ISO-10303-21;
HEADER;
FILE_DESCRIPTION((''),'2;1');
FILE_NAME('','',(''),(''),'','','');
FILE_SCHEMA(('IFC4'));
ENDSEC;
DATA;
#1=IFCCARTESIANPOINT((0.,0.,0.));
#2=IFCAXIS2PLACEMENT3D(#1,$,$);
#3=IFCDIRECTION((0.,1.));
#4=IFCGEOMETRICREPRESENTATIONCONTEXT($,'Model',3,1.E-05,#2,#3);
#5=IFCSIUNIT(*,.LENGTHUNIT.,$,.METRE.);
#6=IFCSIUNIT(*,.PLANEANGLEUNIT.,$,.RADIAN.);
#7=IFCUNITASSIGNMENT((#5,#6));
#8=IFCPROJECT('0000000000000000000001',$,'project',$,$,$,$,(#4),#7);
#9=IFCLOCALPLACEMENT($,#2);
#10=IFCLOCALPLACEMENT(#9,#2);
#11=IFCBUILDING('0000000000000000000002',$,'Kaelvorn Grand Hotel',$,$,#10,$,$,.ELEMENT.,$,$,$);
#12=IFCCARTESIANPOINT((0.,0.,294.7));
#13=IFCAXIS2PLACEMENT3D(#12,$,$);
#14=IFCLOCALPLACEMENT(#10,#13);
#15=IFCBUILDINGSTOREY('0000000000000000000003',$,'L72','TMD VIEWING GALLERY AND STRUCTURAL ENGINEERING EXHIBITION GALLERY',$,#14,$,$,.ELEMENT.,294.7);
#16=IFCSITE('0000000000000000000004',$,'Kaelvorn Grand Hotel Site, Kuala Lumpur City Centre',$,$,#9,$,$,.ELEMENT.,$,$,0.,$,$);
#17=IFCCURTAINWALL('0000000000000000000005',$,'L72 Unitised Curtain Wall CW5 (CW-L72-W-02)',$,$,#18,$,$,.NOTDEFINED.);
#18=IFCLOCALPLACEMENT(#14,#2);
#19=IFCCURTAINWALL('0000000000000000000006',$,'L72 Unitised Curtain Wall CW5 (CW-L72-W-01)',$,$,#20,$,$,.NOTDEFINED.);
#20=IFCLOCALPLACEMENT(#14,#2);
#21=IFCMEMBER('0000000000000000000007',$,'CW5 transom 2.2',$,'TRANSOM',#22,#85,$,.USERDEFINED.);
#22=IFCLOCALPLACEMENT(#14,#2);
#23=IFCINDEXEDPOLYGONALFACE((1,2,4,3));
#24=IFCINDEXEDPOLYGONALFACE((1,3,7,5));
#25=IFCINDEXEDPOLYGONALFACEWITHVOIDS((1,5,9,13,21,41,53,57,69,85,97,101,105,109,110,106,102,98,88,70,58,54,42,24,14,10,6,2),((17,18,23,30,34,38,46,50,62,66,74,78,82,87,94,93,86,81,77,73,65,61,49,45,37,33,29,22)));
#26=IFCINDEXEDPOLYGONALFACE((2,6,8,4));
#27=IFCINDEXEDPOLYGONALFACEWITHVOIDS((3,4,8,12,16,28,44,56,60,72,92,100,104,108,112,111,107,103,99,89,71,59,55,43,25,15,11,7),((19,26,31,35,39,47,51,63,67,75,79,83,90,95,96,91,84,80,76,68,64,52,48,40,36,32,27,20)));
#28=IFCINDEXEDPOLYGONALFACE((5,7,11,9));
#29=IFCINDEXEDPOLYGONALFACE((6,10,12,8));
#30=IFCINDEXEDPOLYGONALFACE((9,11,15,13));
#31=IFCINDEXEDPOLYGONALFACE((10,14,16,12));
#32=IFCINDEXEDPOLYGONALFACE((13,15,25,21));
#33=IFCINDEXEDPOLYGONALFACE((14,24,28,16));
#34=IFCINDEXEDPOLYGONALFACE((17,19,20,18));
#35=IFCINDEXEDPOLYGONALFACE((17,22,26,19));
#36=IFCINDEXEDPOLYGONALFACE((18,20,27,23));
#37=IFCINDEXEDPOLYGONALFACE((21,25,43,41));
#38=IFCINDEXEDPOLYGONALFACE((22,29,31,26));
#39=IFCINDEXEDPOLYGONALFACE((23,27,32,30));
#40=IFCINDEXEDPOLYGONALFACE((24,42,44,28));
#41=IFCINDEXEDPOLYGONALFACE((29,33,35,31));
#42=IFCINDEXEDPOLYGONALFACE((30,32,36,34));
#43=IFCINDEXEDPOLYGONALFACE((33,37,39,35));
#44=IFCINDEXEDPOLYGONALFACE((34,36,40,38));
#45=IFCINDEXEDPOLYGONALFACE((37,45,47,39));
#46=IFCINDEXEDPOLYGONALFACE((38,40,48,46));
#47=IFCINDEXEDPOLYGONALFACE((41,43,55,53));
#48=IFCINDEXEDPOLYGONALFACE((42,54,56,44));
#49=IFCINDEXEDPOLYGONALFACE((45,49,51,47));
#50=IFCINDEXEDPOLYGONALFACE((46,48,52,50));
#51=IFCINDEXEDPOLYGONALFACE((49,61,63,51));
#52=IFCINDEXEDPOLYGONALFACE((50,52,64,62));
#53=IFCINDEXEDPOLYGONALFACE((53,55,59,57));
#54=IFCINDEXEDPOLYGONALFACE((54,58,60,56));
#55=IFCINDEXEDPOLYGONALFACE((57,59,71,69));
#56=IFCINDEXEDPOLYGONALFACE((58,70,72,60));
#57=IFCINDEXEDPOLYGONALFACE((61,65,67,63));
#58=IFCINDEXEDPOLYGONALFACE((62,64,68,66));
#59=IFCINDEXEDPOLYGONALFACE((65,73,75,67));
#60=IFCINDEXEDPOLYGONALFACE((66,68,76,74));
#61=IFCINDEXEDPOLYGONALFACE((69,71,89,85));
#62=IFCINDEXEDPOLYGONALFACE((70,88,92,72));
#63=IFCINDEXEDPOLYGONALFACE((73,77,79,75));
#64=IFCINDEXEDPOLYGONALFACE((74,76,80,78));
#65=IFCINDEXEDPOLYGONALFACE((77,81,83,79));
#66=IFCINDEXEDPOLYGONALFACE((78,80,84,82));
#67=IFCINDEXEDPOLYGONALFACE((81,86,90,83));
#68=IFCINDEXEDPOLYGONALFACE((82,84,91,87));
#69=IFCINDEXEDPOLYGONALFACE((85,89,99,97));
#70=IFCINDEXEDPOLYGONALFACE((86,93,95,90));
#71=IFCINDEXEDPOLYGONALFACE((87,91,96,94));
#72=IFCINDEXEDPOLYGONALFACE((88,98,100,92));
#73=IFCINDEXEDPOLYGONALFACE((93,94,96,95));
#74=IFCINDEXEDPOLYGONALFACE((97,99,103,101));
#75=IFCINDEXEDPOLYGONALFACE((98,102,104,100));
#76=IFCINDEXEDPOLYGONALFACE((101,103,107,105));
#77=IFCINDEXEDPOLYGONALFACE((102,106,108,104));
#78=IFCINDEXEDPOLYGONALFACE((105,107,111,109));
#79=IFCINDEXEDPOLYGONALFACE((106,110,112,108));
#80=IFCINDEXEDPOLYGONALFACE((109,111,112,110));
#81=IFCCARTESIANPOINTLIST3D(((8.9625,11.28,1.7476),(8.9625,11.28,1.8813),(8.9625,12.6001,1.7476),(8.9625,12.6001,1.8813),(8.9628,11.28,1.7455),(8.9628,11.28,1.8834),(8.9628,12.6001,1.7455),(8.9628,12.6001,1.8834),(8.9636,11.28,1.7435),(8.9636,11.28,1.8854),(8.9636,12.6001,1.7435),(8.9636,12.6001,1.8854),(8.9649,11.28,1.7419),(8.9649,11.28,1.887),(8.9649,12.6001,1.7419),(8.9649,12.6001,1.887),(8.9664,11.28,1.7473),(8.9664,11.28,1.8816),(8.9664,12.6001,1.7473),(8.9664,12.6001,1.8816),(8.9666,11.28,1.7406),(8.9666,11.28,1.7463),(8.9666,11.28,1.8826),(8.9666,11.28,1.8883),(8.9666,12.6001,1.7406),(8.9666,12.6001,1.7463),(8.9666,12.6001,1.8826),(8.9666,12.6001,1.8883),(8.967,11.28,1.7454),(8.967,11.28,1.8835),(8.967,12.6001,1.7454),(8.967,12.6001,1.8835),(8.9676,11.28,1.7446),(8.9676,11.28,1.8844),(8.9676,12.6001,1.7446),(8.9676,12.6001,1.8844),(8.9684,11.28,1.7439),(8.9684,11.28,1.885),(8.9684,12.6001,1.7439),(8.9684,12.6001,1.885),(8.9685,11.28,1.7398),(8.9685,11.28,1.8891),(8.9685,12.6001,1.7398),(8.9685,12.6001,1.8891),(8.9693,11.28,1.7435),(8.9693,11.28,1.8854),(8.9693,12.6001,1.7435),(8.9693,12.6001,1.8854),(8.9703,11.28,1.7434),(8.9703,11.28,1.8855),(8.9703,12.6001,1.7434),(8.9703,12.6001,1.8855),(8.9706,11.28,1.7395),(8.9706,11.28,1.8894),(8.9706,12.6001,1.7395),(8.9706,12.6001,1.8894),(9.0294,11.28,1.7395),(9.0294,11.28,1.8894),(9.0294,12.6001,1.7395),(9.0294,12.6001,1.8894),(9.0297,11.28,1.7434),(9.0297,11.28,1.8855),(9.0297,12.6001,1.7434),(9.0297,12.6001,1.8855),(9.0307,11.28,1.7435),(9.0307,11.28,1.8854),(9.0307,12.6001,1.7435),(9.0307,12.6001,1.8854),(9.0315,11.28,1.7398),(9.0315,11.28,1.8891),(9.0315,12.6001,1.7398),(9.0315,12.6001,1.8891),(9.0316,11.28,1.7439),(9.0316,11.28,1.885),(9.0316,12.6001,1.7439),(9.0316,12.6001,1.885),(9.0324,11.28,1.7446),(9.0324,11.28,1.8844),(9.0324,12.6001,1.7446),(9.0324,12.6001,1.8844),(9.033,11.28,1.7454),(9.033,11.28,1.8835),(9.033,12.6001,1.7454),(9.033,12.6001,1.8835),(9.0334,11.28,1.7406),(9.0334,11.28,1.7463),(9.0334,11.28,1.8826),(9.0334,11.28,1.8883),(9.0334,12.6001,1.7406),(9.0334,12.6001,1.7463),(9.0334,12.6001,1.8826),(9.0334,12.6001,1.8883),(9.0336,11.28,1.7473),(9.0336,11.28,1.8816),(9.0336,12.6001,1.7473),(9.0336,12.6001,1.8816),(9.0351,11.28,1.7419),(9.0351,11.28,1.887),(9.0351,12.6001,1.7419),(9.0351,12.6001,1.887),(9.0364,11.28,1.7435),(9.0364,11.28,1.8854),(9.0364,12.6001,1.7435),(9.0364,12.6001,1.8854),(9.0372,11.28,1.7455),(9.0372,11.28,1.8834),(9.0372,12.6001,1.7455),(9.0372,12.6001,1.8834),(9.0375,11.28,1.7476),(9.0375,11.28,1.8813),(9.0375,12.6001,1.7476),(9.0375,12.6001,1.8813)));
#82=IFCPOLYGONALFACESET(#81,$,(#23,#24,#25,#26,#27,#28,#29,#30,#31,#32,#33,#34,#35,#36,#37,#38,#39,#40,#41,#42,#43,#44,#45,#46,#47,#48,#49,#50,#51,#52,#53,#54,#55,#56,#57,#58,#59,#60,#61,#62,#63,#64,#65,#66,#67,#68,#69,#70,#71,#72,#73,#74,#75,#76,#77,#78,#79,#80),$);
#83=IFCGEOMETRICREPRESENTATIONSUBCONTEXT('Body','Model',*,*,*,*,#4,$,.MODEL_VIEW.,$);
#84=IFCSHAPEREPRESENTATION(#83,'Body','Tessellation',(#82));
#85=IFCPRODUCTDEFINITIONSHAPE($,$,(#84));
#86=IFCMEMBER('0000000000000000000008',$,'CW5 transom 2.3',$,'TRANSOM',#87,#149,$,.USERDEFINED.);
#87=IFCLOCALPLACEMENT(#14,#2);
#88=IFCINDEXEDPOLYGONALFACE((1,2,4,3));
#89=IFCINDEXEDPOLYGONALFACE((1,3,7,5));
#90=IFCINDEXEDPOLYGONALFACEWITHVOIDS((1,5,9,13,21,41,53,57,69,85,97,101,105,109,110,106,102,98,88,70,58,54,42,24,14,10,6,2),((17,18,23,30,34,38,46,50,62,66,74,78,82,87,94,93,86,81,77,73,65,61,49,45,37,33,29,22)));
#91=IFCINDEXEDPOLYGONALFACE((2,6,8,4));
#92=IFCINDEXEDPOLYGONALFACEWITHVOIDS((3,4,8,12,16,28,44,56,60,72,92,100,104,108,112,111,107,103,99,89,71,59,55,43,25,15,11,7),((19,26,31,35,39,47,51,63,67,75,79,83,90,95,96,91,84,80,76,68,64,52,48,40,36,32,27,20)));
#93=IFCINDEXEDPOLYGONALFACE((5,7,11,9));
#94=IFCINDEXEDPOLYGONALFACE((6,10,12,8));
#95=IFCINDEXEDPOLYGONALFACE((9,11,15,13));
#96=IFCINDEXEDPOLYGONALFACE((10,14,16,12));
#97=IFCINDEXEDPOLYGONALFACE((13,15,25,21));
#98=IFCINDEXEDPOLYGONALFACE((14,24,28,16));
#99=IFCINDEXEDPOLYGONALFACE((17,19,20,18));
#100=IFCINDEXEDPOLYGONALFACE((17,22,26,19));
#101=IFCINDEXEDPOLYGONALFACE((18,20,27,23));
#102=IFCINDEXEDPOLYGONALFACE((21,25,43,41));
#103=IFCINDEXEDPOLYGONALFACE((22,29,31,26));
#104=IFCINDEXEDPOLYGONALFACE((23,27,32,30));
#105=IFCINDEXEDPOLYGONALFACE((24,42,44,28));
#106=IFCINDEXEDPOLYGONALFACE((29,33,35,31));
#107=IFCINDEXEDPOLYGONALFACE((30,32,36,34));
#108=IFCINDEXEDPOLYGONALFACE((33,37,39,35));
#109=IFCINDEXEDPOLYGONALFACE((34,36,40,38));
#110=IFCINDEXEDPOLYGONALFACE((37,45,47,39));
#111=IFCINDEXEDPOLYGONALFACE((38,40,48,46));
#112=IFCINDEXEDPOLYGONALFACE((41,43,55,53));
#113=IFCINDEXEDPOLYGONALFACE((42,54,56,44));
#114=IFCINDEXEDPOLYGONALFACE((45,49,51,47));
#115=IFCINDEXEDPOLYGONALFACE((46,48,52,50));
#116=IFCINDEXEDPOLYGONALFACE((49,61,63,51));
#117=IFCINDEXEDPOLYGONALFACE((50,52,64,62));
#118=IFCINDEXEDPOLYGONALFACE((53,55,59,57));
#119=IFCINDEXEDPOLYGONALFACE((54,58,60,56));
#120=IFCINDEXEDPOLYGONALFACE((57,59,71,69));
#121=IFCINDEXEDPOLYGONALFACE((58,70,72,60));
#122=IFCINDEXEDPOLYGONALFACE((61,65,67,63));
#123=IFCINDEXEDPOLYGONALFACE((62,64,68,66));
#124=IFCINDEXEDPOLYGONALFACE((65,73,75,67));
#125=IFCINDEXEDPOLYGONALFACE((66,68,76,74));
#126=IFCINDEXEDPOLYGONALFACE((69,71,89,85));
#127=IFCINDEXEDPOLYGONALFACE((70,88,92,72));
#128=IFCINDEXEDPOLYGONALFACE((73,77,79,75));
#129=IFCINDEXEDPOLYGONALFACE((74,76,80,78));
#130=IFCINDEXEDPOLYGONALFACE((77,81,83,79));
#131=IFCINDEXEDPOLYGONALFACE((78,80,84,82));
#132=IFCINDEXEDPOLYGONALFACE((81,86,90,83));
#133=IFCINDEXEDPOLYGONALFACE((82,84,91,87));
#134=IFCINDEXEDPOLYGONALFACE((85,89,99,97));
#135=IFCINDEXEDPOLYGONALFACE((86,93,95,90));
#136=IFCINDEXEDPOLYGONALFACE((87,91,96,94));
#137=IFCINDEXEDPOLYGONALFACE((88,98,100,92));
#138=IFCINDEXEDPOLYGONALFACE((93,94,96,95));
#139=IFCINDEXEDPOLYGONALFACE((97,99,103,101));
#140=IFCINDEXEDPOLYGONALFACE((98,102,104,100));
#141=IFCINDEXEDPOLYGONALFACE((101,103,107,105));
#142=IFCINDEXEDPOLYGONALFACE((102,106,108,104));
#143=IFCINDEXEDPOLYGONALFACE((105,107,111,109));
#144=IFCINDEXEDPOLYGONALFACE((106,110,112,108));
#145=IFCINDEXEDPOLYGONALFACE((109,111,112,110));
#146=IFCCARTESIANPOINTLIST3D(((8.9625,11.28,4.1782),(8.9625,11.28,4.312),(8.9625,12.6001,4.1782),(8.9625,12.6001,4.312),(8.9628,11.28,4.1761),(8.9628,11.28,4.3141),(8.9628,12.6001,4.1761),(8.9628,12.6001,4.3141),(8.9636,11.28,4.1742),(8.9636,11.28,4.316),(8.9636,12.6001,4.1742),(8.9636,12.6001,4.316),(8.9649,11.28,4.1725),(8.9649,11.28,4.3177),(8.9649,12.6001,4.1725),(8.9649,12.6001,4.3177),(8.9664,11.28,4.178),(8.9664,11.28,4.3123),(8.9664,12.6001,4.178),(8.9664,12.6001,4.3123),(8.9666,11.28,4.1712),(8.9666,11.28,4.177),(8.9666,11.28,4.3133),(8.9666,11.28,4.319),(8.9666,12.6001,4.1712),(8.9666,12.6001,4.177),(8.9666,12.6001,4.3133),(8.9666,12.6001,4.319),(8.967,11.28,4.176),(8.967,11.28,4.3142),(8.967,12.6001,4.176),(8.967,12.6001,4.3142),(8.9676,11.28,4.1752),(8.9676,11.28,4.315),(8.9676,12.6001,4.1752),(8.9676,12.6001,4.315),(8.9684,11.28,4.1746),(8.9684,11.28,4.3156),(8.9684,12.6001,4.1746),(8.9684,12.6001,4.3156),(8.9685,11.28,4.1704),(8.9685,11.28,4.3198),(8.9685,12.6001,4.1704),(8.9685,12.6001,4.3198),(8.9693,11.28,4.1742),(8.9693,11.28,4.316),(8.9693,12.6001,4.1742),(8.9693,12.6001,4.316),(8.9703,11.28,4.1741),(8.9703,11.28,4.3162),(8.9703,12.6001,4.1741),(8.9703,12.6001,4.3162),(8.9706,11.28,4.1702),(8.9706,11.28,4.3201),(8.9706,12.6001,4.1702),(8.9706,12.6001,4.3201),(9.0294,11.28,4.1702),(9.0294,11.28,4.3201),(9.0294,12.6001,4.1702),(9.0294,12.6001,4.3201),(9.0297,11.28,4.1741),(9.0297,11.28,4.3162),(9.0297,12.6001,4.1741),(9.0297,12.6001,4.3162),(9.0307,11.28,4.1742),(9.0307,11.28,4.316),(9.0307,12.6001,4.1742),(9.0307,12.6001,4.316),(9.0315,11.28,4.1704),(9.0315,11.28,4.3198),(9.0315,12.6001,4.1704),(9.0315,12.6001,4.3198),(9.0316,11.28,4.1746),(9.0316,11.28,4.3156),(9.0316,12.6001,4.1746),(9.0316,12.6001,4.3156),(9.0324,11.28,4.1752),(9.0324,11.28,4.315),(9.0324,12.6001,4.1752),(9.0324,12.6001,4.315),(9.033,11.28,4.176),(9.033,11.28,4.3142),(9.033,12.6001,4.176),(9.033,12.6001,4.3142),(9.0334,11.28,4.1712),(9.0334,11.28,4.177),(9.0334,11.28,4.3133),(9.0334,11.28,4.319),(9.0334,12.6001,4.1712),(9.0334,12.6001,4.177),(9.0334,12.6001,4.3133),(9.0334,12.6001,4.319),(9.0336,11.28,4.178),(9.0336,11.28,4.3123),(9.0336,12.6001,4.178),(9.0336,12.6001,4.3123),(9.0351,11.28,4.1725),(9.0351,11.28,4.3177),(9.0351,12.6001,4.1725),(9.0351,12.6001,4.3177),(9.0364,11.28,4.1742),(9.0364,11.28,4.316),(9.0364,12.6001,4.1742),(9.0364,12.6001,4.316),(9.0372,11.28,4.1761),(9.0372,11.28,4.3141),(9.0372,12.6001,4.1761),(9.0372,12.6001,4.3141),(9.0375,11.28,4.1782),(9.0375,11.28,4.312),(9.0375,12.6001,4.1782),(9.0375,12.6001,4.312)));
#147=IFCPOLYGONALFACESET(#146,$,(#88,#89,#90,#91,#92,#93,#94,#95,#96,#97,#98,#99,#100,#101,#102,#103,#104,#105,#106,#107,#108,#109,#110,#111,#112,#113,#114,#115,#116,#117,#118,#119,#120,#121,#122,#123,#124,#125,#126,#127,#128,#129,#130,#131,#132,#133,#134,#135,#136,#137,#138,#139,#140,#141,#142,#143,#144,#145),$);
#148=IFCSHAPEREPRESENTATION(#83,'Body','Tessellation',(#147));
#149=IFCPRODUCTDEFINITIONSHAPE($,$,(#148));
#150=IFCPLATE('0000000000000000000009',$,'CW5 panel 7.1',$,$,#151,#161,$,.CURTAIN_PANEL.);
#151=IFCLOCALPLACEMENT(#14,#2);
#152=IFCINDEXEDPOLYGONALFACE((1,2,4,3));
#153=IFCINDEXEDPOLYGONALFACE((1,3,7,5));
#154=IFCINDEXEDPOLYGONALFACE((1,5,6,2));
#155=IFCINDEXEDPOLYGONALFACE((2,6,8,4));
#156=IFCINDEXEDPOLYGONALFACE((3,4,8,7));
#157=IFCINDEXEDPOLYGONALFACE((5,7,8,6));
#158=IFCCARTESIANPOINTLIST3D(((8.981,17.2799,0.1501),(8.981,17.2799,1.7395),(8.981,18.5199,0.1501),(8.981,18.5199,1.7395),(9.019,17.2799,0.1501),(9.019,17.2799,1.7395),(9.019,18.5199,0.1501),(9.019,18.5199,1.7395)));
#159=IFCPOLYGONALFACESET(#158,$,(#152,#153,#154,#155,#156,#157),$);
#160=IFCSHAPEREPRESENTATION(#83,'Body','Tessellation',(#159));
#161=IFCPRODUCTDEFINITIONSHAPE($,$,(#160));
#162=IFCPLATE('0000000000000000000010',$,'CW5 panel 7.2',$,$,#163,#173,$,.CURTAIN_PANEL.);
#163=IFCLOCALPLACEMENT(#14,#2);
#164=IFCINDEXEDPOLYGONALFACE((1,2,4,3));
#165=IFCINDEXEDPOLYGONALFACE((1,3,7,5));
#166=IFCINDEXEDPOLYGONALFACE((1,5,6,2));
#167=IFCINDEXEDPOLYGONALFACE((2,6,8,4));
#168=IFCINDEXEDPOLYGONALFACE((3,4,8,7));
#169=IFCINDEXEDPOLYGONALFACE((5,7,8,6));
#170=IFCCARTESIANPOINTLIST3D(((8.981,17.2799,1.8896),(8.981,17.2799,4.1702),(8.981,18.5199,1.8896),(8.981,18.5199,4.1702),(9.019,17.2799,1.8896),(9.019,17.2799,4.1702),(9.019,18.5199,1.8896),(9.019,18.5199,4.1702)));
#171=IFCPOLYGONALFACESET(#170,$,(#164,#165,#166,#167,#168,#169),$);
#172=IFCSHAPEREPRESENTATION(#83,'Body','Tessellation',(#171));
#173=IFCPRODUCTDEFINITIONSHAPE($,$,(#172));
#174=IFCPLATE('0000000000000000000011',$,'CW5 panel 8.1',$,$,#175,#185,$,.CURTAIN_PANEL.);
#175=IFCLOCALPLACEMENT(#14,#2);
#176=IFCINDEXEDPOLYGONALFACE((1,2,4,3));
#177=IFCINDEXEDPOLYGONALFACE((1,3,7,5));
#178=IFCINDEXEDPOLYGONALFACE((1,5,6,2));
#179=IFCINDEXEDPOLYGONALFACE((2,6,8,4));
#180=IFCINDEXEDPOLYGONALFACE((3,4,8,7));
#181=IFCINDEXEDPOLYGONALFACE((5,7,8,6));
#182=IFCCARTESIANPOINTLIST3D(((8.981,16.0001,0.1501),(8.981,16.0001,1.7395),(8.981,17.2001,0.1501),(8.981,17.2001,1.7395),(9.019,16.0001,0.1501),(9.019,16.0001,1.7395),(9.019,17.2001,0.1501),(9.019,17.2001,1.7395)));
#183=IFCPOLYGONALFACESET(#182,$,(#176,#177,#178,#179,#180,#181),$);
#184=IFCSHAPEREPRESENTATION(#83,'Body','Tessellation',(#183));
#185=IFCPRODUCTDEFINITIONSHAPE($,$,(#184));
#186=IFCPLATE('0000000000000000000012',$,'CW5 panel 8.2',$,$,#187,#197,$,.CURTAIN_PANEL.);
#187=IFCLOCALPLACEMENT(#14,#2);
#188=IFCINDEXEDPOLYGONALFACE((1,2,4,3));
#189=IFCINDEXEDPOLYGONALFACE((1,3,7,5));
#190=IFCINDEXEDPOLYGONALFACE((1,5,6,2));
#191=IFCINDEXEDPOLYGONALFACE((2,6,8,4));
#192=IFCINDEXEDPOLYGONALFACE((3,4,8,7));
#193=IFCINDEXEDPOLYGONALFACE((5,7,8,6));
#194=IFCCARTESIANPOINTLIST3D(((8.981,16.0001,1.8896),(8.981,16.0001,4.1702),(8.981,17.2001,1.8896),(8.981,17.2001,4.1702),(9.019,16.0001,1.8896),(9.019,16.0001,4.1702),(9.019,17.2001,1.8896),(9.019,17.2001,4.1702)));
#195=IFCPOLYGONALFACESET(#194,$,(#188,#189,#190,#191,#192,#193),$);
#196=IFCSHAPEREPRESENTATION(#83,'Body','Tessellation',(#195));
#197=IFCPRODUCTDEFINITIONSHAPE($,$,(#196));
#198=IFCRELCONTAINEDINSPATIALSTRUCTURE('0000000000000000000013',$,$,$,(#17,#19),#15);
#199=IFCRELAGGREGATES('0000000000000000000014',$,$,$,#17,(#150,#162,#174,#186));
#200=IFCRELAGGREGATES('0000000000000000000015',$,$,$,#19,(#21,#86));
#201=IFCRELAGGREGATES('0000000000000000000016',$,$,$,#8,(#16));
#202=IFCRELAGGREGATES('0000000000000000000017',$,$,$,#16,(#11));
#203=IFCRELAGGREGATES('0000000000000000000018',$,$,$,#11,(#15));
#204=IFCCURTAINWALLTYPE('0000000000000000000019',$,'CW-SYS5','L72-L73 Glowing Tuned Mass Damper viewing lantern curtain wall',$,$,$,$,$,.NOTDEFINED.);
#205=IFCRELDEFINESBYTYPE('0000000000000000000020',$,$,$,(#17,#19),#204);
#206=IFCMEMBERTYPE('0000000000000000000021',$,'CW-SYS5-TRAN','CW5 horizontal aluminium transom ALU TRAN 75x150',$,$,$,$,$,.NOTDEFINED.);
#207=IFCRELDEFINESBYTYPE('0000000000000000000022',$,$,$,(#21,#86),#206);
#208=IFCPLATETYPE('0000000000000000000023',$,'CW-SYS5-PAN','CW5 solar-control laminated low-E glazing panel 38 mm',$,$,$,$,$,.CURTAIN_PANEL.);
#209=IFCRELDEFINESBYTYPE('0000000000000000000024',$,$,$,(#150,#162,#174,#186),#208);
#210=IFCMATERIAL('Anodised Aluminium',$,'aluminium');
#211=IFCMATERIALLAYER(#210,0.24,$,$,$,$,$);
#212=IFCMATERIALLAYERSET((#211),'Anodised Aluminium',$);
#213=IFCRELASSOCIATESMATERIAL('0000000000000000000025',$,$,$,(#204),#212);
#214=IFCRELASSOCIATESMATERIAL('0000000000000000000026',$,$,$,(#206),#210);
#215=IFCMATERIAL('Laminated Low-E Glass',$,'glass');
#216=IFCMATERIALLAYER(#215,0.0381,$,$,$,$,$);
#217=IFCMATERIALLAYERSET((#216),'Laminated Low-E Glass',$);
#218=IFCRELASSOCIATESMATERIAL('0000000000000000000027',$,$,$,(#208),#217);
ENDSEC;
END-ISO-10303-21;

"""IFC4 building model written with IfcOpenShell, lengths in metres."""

from ifc_helpers import new_model, si_unit, direction, frame, origin, origin_2d, place, context, subcontext, project, spatial, rectangle, hollow_rectangle, extrude, material, layer, layer_set, material_profile, profile_set, type_object, element, aggregate, save


model = new_model("IFC4")

# Units and contexts
model_context = context("Model", 3, precision=1e-05, world=origin(), true_north=direction((0.0, 1.0)))
body_context = subcontext(model_context, "Body", "Model", "MODEL_VIEW")
ifc_project = project(units=[si_unit("LENGTHUNIT", "METRE"), si_unit("PLANEANGLEUNIT", "RADIAN")], contexts=[model_context])

# Site, building, storey
site_placement = place(None, origin())
site = spatial("IfcSite", under=ifc_project, at=site_placement, Name="Kaelvorn Grand Hotel Site, Kuala Lumpur City Centre", CompositionType="ELEMENT", RefElevation=0.0)
building_placement = place(site_placement, origin())
building = spatial("IfcBuilding", under=site, at=building_placement, Name="Kaelvorn Grand Hotel", CompositionType="ELEMENT")
storey_placement = place(building_placement, frame((0.0, 0.0, 294.7)))
storey = spatial("IfcBuildingStorey", under=building, at=storey_placement, Name="L72", Description="TMD VIEWING GALLERY AND STRUCTURAL ENGINEERING EXHIBITION GALLERY", CompositionType="ELEMENT", Elevation=294.7)

# Curtain walls
ifc_material_1 = material(Name="Anodised Aluminium", Category="aluminium")
ifc_layer_1 = layer(ifc_material_1, 0.24)
ifc_layer_set_1 = layer_set([ifc_layer_1], Name="Anodised Aluminium")
curtain_wall_type = type_object("IfcCurtainWallType", Name="CW-SYS5", Description="L72-L73 Glowing Tuned Mass Damper viewing lantern curtain wall", PredefinedType="NOTDEFINED", material=ifc_layer_set_1)
curtain_wall_1_placement = place(storey_placement, origin())
curtain_wall_1 = element("IfcCurtainWall", 1, at=curtain_wall_1_placement, inside=storey, type_object=curtain_wall_type, Name="L72 Unitised Curtain Wall CW5 (CW-L72-W-02)", PredefinedType="NOTDEFINED")
curtain_wall_2_placement = place(storey_placement, origin())
curtain_wall_2 = element("IfcCurtainWall", 2, at=curtain_wall_2_placement, inside=storey, type_object=curtain_wall_type, Name="L72 Unitised Curtain Wall CW5 (CW-L72-W-01)", PredefinedType="NOTDEFINED")

# Members
ifc_material_profile_1 = material_profile(ifc_material_1, hollow_rectangle(XDim=0.075, YDim=0.1499, WallThickness=0.0039, InnerFilletRadius=0.0039, OuterFilletRadius=0.0081, at=origin_2d()), Name="ALU TRAN 75x150")
ifc_profile_set_1 = profile_set([ifc_material_profile_1], Name="Anodised Aluminium")
member_type_1 = type_object("IfcMemberType", Name="CW-SYS5-TRAN", Description="CW5 horizontal aluminium transom ALU TRAN 75x150", PredefinedType="NOTDEFINED", material=ifc_profile_set_1)
member_1_placement = place(storey_placement, frame((9.0, 12.6001, 1.8145), z_axis=(0.0, -1.0, 0.0), x_axis=(1.0, 0.0, 0.0)))
member_1 = element("IfcMember", 3, at=member_1_placement, type_object=member_type_1, Name="CW5 transom 2.2", ObjectType="TRANSOM", PredefinedType="USERDEFINED", context=body_context, shape_type="SweptSolid", body=[
    extrude(hollow_rectangle(XDim=0.075, YDim=0.1499, WallThickness=0.0039, InnerFilletRadius=0.0039, OuterFilletRadius=0.0081, at=origin_2d()), origin(), (0.0, 0.0, 1.0), 1.3201),
])
member_2_placement = place(storey_placement, frame((9.0, 12.6001, 4.2451), z_axis=(0.0, -1.0, 0.0), x_axis=(1.0, 0.0, 0.0)))
member_2 = element("IfcMember", 4, at=member_2_placement, type_object=member_type_1, Name="CW5 transom 2.3", ObjectType="TRANSOM", PredefinedType="USERDEFINED", context=body_context, shape_type="SweptSolid", body=[
    extrude(hollow_rectangle(XDim=0.075, YDim=0.1499, WallThickness=0.0039, InnerFilletRadius=0.0039, OuterFilletRadius=0.0081, at=origin_2d()), origin(), (0.0, 0.0, 1.0), 1.3201),
])

# Plates
ifc_material_2 = material(Name="Laminated Low-E Glass", Category="glass")
ifc_layer_2 = layer(ifc_material_2, 0.0381)
ifc_layer_set_2 = layer_set([ifc_layer_2], Name="Laminated Low-E Glass")
plate_type = type_object("IfcPlateType", Name="CW-SYS5-PAN", Description="CW5 solar-control laminated low-E glazing panel 38 mm", PredefinedType="CURTAIN_PANEL", material=ifc_layer_set_2)
plate_1_placement = place(storey_placement, frame((9.0, 17.8999, 0.1501), z_axis=(0.0, 0.0, 1.0), x_axis=(0.0, -1.0, 0.0)))
plate_1 = element("IfcPlate", 5, at=plate_1_placement, type_object=plate_type, Name="CW5 panel 7.1", PredefinedType="CURTAIN_PANEL", context=body_context, shape_type="SweptSolid", body=[
    extrude(rectangle(XDim=1.24, YDim=0.0381, at=origin_2d()), origin(), (0.0, 0.0, 1.0), 1.5894),
])
plate_2_placement = place(storey_placement, frame((9.0, 17.8999, 1.8896), z_axis=(0.0, 0.0, 1.0), x_axis=(0.0, -1.0, 0.0)))
plate_2 = element("IfcPlate", 6, at=plate_2_placement, type_object=plate_type, Name="CW5 panel 7.2", PredefinedType="CURTAIN_PANEL", context=body_context, shape_type="SweptSolid", body=[
    extrude(rectangle(XDim=1.24, YDim=0.0381, at=origin_2d()), origin(), (0.0, 0.0, 1.0), 2.2805),
])
plate_3_placement = place(storey_placement, frame((9.0, 16.6001, 0.1501), z_axis=(0.0, 0.0, 1.0), x_axis=(0.0, -1.0, 0.0)))
plate_3 = element("IfcPlate", 7, at=plate_3_placement, type_object=plate_type, Name="CW5 panel 8.1", PredefinedType="CURTAIN_PANEL", context=body_context, shape_type="SweptSolid", body=[
    extrude(rectangle(XDim=1.2, YDim=0.0381, at=origin_2d()), origin(), (0.0, 0.0, 1.0), 1.5894),
])
plate_4_placement = place(storey_placement, frame((9.0, 16.6001, 1.8896), z_axis=(0.0, 0.0, 1.0), x_axis=(0.0, -1.0, 0.0)))
plate_4 = element("IfcPlate", 8, at=plate_4_placement, type_object=plate_type, Name="CW5 panel 8.2", PredefinedType="CURTAIN_PANEL", context=body_context, shape_type="SweptSolid", body=[
    extrude(rectangle(XDim=1.2, YDim=0.0381, at=origin_2d()), origin(), (0.0, 0.0, 1.0), 2.2805),
])
aggregate(curtain_wall_1, [plate_1, plate_2, plate_3, plate_4])
aggregate(curtain_wall_2, [member_1, member_2])

save(model, "model.ifc")
